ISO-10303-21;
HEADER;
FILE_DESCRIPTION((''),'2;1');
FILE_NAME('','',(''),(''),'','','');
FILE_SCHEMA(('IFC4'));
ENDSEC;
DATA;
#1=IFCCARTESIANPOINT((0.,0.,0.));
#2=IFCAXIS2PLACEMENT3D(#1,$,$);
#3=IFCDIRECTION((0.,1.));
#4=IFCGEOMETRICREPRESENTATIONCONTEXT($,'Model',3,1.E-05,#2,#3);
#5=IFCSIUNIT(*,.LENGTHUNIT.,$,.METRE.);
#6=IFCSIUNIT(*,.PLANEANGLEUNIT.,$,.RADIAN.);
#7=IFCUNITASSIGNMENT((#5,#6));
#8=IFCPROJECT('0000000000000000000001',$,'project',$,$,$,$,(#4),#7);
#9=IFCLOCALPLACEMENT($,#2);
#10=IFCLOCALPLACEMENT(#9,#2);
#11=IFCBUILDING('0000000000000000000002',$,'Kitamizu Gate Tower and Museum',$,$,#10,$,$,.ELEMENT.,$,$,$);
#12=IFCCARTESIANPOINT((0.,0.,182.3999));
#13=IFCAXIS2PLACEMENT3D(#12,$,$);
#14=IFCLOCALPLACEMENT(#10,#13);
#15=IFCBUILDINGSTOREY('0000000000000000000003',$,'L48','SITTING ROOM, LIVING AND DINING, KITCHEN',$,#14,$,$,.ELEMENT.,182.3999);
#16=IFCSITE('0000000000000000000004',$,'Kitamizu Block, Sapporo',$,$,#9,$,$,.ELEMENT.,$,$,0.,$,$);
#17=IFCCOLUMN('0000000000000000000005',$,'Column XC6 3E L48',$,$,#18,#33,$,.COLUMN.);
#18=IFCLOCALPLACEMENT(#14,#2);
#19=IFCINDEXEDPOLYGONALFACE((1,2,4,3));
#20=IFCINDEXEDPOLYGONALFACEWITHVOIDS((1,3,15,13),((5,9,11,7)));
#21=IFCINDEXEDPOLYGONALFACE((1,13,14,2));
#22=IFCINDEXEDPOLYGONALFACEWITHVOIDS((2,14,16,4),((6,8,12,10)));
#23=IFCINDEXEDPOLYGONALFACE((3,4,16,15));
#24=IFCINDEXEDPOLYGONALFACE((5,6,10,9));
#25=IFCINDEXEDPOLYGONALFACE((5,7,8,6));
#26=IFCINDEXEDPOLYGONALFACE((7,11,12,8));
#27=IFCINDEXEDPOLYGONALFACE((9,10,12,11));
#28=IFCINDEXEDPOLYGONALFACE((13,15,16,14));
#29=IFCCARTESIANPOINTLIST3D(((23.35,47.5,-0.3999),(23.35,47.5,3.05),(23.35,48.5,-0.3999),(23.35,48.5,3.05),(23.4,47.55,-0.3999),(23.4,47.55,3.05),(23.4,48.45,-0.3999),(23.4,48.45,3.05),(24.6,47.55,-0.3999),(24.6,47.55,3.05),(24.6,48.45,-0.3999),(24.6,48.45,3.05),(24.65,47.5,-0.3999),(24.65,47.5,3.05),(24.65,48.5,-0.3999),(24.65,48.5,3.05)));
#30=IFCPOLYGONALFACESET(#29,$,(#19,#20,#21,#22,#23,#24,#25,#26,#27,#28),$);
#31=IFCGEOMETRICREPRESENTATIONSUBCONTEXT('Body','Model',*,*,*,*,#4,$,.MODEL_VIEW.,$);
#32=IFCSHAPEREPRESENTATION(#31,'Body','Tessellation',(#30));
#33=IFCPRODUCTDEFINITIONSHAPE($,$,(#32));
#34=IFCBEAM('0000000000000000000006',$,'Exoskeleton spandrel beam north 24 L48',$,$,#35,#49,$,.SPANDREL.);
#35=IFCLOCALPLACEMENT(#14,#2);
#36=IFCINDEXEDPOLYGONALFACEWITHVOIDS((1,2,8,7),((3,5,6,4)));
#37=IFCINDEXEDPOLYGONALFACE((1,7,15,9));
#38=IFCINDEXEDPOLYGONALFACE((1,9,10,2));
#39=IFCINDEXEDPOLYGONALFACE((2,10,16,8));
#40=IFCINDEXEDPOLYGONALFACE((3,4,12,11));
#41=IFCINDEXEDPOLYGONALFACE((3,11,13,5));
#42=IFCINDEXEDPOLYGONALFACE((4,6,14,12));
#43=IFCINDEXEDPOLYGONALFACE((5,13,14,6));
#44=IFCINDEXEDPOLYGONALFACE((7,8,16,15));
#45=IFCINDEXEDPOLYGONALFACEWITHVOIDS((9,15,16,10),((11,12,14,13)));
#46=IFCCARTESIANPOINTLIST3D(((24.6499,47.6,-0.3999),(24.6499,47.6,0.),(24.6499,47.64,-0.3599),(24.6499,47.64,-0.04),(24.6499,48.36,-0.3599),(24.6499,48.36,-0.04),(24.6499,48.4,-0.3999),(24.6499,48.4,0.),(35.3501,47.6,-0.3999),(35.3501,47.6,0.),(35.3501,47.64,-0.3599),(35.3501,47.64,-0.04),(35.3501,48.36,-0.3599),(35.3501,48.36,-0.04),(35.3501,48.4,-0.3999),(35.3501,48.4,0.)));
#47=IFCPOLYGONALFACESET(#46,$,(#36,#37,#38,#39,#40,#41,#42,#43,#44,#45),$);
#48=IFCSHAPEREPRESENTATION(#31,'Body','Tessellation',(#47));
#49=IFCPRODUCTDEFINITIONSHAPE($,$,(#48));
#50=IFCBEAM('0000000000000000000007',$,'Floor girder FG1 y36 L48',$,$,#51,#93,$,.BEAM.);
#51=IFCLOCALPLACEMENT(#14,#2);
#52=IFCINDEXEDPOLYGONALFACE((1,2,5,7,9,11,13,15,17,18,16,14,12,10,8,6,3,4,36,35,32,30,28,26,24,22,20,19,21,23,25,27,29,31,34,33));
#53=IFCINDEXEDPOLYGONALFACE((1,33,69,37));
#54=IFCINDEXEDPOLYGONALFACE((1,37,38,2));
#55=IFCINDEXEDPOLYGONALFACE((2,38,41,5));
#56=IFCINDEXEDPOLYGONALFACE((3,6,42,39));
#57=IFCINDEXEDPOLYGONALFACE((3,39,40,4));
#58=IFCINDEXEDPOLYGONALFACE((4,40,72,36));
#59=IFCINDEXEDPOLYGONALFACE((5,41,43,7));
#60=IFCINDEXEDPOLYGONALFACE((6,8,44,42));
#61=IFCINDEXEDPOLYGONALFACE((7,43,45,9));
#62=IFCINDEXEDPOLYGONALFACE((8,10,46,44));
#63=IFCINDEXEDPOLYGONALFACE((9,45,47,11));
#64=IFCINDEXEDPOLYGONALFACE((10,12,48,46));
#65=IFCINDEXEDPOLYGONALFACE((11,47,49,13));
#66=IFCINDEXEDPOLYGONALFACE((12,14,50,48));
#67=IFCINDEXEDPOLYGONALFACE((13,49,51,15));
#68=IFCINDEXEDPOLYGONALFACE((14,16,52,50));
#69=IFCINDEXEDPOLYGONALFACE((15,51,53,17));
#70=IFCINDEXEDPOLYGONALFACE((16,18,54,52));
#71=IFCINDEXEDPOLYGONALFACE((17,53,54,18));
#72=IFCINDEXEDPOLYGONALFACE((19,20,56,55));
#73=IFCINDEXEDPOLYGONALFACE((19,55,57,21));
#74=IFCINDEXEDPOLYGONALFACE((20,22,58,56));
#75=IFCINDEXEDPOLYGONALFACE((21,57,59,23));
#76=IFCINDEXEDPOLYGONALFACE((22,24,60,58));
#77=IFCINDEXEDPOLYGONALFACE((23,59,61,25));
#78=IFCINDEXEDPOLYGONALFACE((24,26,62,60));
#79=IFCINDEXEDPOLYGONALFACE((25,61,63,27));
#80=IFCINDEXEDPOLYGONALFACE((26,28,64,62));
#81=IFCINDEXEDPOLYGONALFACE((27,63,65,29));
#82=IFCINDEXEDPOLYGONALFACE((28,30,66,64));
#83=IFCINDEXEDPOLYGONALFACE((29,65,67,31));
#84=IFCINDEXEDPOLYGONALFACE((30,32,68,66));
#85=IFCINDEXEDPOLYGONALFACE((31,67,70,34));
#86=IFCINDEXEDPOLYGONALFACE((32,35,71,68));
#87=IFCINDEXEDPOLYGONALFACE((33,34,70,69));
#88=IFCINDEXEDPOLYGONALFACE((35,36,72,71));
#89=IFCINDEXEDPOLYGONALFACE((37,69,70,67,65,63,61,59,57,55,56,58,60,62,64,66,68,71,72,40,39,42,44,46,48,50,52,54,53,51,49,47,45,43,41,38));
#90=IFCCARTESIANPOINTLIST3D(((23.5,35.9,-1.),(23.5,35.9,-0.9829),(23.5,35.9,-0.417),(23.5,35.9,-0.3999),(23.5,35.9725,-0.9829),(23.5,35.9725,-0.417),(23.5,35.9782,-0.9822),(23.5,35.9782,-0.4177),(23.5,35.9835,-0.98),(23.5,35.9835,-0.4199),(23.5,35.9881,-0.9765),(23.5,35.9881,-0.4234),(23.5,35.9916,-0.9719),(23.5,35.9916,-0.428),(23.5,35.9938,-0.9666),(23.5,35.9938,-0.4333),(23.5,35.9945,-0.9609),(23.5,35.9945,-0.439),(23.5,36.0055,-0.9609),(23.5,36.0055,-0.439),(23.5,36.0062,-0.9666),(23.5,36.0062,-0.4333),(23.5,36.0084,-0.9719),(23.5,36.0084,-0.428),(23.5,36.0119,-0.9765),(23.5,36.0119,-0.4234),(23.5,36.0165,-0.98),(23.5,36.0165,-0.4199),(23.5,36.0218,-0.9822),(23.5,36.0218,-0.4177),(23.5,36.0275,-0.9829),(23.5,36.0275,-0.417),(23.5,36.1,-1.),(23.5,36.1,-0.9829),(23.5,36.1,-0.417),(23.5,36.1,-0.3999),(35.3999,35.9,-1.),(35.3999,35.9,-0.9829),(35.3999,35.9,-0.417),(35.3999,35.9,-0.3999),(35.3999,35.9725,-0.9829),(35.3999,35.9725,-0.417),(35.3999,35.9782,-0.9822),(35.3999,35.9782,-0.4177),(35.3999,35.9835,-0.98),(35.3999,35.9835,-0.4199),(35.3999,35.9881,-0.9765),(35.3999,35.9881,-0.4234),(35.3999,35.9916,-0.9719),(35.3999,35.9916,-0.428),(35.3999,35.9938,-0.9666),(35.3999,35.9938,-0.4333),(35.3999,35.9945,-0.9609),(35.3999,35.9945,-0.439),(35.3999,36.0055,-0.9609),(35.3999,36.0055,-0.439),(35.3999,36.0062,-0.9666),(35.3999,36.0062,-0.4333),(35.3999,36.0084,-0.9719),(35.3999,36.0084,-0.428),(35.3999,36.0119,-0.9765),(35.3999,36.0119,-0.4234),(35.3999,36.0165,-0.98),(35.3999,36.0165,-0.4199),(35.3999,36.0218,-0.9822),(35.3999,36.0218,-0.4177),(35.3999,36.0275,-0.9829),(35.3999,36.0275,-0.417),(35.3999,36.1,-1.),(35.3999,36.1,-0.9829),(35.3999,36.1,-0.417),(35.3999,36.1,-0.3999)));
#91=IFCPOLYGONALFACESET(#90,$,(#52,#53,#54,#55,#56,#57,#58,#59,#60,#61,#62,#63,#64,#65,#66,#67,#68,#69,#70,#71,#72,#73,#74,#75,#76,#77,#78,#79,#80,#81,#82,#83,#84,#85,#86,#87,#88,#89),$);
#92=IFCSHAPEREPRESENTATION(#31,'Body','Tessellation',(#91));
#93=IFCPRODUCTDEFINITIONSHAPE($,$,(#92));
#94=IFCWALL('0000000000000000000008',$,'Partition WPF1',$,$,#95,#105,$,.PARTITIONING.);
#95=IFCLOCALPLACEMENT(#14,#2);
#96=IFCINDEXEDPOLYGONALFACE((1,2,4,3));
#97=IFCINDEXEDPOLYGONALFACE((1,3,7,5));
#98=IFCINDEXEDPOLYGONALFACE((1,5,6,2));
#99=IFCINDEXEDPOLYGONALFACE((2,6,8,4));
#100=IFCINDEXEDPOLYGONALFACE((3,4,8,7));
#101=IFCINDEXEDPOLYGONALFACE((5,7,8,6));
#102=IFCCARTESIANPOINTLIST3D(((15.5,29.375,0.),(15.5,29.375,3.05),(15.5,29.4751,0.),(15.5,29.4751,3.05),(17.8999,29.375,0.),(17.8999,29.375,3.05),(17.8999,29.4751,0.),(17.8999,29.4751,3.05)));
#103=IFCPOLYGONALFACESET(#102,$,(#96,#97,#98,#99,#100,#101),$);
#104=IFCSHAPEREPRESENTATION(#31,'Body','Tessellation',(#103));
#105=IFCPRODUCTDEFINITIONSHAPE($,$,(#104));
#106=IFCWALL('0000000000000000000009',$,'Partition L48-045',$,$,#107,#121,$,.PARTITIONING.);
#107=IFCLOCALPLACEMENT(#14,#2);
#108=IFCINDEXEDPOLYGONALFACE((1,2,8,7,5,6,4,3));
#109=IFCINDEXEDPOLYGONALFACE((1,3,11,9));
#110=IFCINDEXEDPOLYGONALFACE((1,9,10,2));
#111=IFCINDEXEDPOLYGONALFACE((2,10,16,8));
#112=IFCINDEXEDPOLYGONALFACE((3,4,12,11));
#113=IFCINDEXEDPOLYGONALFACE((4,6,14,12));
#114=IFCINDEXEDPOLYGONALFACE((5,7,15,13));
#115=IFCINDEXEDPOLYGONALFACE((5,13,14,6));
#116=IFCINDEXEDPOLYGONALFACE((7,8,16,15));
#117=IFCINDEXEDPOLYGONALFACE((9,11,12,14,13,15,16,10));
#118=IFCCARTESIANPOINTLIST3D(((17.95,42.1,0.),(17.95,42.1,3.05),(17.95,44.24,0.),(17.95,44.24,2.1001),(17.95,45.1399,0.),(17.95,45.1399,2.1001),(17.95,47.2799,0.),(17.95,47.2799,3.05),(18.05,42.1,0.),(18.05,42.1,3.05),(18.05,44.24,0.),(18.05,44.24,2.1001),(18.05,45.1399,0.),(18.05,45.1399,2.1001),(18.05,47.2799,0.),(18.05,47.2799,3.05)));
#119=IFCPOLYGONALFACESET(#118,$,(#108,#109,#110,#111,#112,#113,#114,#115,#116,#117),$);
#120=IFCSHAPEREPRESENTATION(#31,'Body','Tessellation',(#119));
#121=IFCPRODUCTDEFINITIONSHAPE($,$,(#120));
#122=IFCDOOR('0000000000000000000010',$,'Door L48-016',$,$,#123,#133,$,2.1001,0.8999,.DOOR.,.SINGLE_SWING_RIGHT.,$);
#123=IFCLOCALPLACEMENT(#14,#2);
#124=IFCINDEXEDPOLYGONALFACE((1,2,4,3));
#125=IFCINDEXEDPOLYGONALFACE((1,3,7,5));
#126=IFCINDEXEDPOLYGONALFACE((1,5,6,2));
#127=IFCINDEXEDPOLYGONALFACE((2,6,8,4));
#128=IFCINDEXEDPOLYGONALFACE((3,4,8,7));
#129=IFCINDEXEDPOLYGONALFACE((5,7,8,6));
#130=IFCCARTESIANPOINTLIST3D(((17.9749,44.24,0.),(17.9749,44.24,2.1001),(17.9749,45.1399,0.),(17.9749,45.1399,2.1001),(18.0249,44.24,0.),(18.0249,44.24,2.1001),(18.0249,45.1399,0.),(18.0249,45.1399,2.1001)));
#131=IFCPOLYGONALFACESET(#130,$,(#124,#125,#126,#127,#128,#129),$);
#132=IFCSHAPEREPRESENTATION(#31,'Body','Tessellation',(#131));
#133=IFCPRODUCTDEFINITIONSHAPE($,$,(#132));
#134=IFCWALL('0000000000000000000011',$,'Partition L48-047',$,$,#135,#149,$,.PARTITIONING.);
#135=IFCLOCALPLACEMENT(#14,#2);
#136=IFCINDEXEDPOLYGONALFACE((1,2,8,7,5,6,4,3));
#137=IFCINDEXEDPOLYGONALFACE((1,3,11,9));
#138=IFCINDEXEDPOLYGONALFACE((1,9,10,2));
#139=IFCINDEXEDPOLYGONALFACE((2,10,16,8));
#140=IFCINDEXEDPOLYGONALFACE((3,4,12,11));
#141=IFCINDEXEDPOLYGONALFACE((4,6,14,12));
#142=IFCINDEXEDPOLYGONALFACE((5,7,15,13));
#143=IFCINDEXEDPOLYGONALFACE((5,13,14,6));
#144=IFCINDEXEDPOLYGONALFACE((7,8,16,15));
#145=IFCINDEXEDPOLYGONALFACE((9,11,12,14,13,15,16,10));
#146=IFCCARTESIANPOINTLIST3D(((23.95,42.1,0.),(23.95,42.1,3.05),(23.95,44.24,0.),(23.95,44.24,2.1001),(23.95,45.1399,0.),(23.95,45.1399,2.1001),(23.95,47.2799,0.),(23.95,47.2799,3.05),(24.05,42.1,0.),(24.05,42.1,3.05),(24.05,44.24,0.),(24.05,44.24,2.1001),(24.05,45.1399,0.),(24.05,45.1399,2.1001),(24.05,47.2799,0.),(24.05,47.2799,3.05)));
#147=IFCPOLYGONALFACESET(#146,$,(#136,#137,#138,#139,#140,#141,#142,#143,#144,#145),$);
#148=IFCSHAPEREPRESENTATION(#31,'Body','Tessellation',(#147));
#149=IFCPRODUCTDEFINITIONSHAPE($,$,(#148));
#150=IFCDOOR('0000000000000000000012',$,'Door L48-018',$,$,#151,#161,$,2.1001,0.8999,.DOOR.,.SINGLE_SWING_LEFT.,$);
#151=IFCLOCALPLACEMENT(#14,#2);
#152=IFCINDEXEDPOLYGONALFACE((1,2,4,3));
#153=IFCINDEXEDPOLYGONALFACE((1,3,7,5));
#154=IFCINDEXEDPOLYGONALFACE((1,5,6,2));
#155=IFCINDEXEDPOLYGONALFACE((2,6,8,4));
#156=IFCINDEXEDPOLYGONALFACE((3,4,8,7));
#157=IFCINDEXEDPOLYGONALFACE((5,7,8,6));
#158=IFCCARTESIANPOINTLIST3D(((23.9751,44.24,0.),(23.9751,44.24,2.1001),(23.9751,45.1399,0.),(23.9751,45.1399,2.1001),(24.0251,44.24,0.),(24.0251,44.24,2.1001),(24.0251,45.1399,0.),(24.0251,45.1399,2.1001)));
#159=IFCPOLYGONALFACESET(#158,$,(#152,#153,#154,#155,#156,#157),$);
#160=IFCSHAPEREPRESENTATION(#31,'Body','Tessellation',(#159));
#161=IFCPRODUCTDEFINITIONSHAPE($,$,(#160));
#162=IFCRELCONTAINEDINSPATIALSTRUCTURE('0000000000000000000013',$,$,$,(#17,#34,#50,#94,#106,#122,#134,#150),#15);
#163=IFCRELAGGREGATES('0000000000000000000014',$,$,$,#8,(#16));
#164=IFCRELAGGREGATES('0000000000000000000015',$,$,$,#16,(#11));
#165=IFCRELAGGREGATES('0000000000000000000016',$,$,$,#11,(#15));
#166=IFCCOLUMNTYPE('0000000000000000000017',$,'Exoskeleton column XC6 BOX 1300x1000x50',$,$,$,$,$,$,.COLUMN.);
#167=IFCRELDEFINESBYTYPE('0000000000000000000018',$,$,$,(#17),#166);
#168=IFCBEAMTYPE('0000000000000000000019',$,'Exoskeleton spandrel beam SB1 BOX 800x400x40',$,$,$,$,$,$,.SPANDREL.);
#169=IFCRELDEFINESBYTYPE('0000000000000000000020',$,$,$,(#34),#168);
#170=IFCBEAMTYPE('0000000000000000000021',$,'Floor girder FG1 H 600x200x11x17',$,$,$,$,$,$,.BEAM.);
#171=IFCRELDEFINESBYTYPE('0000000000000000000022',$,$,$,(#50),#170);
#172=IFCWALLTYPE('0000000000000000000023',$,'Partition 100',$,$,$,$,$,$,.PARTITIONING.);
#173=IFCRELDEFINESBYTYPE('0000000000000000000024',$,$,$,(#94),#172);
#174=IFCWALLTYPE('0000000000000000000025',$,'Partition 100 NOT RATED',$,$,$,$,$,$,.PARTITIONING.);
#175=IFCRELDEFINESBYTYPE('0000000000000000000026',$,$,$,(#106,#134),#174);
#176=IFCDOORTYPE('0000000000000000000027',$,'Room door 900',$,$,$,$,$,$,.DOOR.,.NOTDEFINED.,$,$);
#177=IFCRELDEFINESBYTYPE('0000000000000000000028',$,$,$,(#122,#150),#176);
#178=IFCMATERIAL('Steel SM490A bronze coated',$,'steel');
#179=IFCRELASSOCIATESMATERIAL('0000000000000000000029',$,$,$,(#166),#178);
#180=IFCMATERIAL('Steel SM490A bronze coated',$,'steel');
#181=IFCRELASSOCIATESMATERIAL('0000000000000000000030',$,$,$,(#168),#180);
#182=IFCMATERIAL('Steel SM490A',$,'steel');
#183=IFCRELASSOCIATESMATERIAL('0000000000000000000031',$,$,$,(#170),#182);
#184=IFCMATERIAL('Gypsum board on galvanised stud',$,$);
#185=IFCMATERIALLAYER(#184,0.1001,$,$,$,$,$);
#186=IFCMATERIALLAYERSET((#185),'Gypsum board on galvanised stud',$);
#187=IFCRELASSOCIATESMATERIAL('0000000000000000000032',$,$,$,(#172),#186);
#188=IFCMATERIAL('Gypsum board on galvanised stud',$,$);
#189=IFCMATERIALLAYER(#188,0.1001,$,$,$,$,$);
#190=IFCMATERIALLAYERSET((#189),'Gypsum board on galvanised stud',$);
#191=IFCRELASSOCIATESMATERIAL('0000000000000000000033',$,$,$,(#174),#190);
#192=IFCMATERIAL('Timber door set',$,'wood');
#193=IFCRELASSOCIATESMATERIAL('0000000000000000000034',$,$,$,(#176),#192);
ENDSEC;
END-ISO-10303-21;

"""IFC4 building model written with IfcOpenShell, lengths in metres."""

from ifc_helpers import new_model, si_unit, direction, frame, frame_2d, origin, origin_2d, place, context, subcontext, project, spatial, rectangle, hollow_rectangle, i_section, extrude, material, layer, layer_set, material_profile, profile_set, type_object, element, fill, save


model = new_model("IFC4")

# Units and contexts
model_context = context("Model", 3, precision=1e-05, world=origin(), true_north=direction((0.0, 1.0)))
body_context = subcontext(model_context, "Body", "Model", "MODEL_VIEW")
ifc_project = project(units=[si_unit("LENGTHUNIT", "METRE"), si_unit("PLANEANGLEUNIT", "RADIAN")], contexts=[model_context])

# Site, building, storey
site_placement = place(None, origin())
site = spatial("IfcSite", under=ifc_project, at=site_placement, Name="Kitamizu Block, Sapporo", CompositionType="ELEMENT", RefElevation=0.0)
building_placement = place(site_placement, origin())
building = spatial("IfcBuilding", under=site, at=building_placement, Name="Kitamizu Gate Tower and Museum", CompositionType="ELEMENT")
storey_placement = place(building_placement, frame((0.0, 0.0, 182.3999)))
storey = spatial("IfcBuildingStorey", under=building, at=storey_placement, Name="L48", Description="SITTING ROOM, LIVING AND DINING, KITCHEN", CompositionType="ELEMENT", Elevation=182.3999)

# Column
ifc_material_1 = material(Name="Steel SM490A bronze coated", Category="steel")
ifc_material_profile_1 = material_profile(ifc_material_1, hollow_rectangle(XDim=1.3, YDim=1.0, WallThickness=0.05, at=origin_2d()), Name="BOX 1300x1000x50")
ifc_profile_set_1 = profile_set([ifc_material_profile_1], Name="Steel SM490A bronze coated")
column_type = type_object("IfcColumnType", Name="Exoskeleton column XC6 BOX 1300x1000x50", PredefinedType="COLUMN", material=ifc_profile_set_1)
column_placement = place(storey_placement, frame((24.0, 48.0, -0.3999), z_axis=(0.0, 0.0, 1.0), x_axis=(1.0, 0.0, 0.0)))
element("IfcColumn", 1, at=column_placement, inside=storey, type_object=column_type, Name="Column XC6 3E L48", PredefinedType="COLUMN", context=body_context, shape_type="SweptSolid", body=[
    extrude(hollow_rectangle(XDim=1.3, YDim=1.0, WallThickness=0.05, at=origin_2d()), origin(), (0.0, 0.0, 1.0), 3.45),
])

# Beams
ifc_material_2 = material(Name="Steel SM490A bronze coated", Category="steel")
ifc_material_profile_2 = material_profile(ifc_material_2, hollow_rectangle(XDim=0.8, YDim=0.3999, WallThickness=0.04, at=origin_2d()), Name="BOX 800x400x40")
ifc_profile_set_2 = profile_set([ifc_material_profile_2], Name="Steel SM490A bronze coated")
beam_type_1 = type_object("IfcBeamType", Name="Exoskeleton spandrel beam SB1 BOX 800x400x40", PredefinedType="SPANDREL", material=ifc_profile_set_2)
beam_1_placement = place(storey_placement, frame((24.6499, 48.0, -0.2), z_axis=(1.0, 0.0, 0.0), x_axis=(0.0, 1.0, 0.0)))
element("IfcBeam", 2, at=beam_1_placement, inside=storey, type_object=beam_type_1, Name="Exoskeleton spandrel beam north 24 L48", PredefinedType="SPANDREL", context=body_context, shape_type="SweptSolid", body=[
    extrude(hollow_rectangle(XDim=0.8, YDim=0.3999, WallThickness=0.04, at=origin_2d()), origin(), (0.0, 0.0, 1.0), 10.7002),
])
ifc_material_3 = material(Name="Steel SM490A", Category="steel")
ifc_material_profile_3 = material_profile(ifc_material_3, i_section(OverallWidth=0.2, OverallDepth=0.6001, WebThickness=0.011, FlangeThickness=0.0171, FilletRadius=0.022, at=origin_2d()), Name="H-600x200x11x17")
ifc_profile_set_3 = profile_set([ifc_material_profile_3], Name="Steel SM490A")
beam_type_2 = type_object("IfcBeamType", Name="Floor girder FG1 H 600x200x11x17", PredefinedType="BEAM", material=ifc_profile_set_3)
beam_2_placement = place(storey_placement, frame((23.5, 36.0, -0.7), z_axis=(1.0, 0.0, 0.0), x_axis=(0.0, 1.0, 0.0)))
element("IfcBeam", 3, at=beam_2_placement, inside=storey, type_object=beam_type_2, Name="Floor girder FG1 y36 L48", PredefinedType="BEAM", context=body_context, shape_type="SweptSolid", body=[
    extrude(i_section(OverallWidth=0.2, OverallDepth=0.6001, WebThickness=0.011, FlangeThickness=0.0171, FilletRadius=0.022, at=origin_2d()), origin(), (0.0, 0.0, 1.0), 11.8999),
])

# Wall
ifc_material_4 = material(Name="Gypsum board on galvanised stud")
ifc_layer_1 = layer(ifc_material_4, 0.1001)
ifc_layer_set_1 = layer_set([ifc_layer_1], Name="Gypsum board on galvanised stud")
wall_type_1 = type_object("IfcWallType", Name="Partition 100", PredefinedType="PARTITIONING", material=ifc_layer_set_1)
wall_1_placement = place(storey_placement, frame((15.5, 29.425, 0.0), z_axis=(0.0, 0.0, 1.0), x_axis=(1.0, 0.0, 0.0)))
element("IfcWall", 4, at=wall_1_placement, inside=storey, type_object=wall_type_1, Name="Partition WPF1", PredefinedType="PARTITIONING", context=body_context, shape_type="SweptSolid", body=[
    extrude(rectangle(XDim=2.3999, YDim=0.1001, at=frame_2d((1.2, 0.0))), origin(), (0.0, 0.0, 1.0), 3.05),
])

# Walls, openings, doors
ifc_material_5 = material(Name="Gypsum board on galvanised stud")
ifc_layer_2 = layer(ifc_material_5, 0.1001)
ifc_layer_set_2 = layer_set([ifc_layer_2], Name="Gypsum board on galvanised stud")
wall_type_2 = type_object("IfcWallType", Name="Partition 100 NOT RATED", PredefinedType="PARTITIONING", material=ifc_layer_set_2)
wall_2_placement = place(storey_placement, frame((18.0, 42.1001, 0.0), z_axis=(0.0, 0.0, 1.0), x_axis=(0.0, 1.0, 0.0)))
wall_2 = element("IfcWall", 5, at=wall_2_placement, inside=storey, type_object=wall_type_2, Name="Partition L48-045", PredefinedType="PARTITIONING", context=body_context, shape_type="SweptSolid", body=[
    extrude(rectangle(XDim=5.1799, YDim=0.1001, at=frame_2d((2.5898, 0.0))), origin(), (0.0, 0.0, 1.0), 3.05),
])
opening_1_placement = place(wall_2_placement, frame((2.1399, 0.0, 0.0)))
opening_1 = element("IfcOpeningElement", 6, at=opening_1_placement, cuts=wall_2, PredefinedType="OPENING", context=body_context, shape_type="SweptSolid", body=[
    extrude(rectangle(XDim=0.8999, YDim=2.1001, at=frame_2d((0.45, 1.05))), frame((0.0, 0.0601, 0.0), z_axis=(0.0, -1.0, 0.0), x_axis=(1.0, 0.0, 0.0)), (0.0, 0.0, 1.0), 0.1201),
])
ifc_material_6 = material(Name="Timber door set", Category="wood")
door_type_1 = type_object("IfcDoorType", Name="Room door 900", OperationType="NOTDEFINED", PredefinedType="DOOR", material=ifc_material_6)
door_1_placement = place(opening_1_placement, frame((0.8999, 0.0, 0.0), x_axis=(-1.0, 0.0, 0.0)))
door_1 = element("IfcDoor", 7, at=door_1_placement, inside=storey, type_object=door_type_1, Name="Door L48-016", OperationType="SINGLE_SWING_RIGHT", OverallHeight=2.1001, OverallWidth=0.8999, PredefinedType="DOOR", context=body_context, shape_type="SweptSolid", body=[
    extrude(rectangle(XDim=0.8999, YDim=2.1001, at=frame_2d((0.45, 1.05))), frame((0.0, 0.0249, 0.0), z_axis=(0.0, -1.0, 0.0), x_axis=(1.0, 0.0, 0.0)), (0.0, 0.0, 1.0), 0.05),
])
fill(opening_1, door_1)
wall_3_placement = place(storey_placement, frame((24.0, 42.1001, 0.0), z_axis=(0.0, 0.0, 1.0), x_axis=(0.0, 1.0, 0.0)))
wall_3 = element("IfcWall", 8, at=wall_3_placement, inside=storey, type_object=wall_type_2, Name="Partition L48-047", PredefinedType="PARTITIONING", context=body_context, shape_type="SweptSolid", body=[
    extrude(rectangle(XDim=5.1799, YDim=0.1001, at=frame_2d((2.5898, 0.0))), origin(), (0.0, 0.0, 1.0), 3.05),
])
opening_2_placement = place(wall_3_placement, frame((2.1399, 0.0, 0.0)))
opening_2 = element("IfcOpeningElement", 9, at=opening_2_placement, cuts=wall_3, PredefinedType="OPENING", context=body_context, shape_type="SweptSolid", body=[
    extrude(rectangle(XDim=0.8999, YDim=2.1001, at=frame_2d((0.45, 1.05))), frame((0.0, 0.0601, 0.0), z_axis=(0.0, -1.0, 0.0), x_axis=(1.0, 0.0, 0.0)), (0.0, 0.0, 1.0), 0.1201),
])
door_2_placement = place(opening_2_placement, origin())
door_2 = element("IfcDoor", 10, at=door_2_placement, inside=storey, type_object=door_type_1, Name="Door L48-018", OperationType="SINGLE_SWING_LEFT", OverallHeight=2.1001, OverallWidth=0.8999, PredefinedType="DOOR", context=body_context, shape_type="SweptSolid", body=[
    extrude(rectangle(XDim=0.8999, YDim=2.1001, at=frame_2d((0.45, 1.05))), frame((0.0, 0.0249, 0.0), z_axis=(0.0, -1.0, 0.0), x_axis=(1.0, 0.0, 0.0)), (0.0, 0.0, 1.0), 0.05),
])
fill(opening_2, door_2)

save(model, "model.ifc")
